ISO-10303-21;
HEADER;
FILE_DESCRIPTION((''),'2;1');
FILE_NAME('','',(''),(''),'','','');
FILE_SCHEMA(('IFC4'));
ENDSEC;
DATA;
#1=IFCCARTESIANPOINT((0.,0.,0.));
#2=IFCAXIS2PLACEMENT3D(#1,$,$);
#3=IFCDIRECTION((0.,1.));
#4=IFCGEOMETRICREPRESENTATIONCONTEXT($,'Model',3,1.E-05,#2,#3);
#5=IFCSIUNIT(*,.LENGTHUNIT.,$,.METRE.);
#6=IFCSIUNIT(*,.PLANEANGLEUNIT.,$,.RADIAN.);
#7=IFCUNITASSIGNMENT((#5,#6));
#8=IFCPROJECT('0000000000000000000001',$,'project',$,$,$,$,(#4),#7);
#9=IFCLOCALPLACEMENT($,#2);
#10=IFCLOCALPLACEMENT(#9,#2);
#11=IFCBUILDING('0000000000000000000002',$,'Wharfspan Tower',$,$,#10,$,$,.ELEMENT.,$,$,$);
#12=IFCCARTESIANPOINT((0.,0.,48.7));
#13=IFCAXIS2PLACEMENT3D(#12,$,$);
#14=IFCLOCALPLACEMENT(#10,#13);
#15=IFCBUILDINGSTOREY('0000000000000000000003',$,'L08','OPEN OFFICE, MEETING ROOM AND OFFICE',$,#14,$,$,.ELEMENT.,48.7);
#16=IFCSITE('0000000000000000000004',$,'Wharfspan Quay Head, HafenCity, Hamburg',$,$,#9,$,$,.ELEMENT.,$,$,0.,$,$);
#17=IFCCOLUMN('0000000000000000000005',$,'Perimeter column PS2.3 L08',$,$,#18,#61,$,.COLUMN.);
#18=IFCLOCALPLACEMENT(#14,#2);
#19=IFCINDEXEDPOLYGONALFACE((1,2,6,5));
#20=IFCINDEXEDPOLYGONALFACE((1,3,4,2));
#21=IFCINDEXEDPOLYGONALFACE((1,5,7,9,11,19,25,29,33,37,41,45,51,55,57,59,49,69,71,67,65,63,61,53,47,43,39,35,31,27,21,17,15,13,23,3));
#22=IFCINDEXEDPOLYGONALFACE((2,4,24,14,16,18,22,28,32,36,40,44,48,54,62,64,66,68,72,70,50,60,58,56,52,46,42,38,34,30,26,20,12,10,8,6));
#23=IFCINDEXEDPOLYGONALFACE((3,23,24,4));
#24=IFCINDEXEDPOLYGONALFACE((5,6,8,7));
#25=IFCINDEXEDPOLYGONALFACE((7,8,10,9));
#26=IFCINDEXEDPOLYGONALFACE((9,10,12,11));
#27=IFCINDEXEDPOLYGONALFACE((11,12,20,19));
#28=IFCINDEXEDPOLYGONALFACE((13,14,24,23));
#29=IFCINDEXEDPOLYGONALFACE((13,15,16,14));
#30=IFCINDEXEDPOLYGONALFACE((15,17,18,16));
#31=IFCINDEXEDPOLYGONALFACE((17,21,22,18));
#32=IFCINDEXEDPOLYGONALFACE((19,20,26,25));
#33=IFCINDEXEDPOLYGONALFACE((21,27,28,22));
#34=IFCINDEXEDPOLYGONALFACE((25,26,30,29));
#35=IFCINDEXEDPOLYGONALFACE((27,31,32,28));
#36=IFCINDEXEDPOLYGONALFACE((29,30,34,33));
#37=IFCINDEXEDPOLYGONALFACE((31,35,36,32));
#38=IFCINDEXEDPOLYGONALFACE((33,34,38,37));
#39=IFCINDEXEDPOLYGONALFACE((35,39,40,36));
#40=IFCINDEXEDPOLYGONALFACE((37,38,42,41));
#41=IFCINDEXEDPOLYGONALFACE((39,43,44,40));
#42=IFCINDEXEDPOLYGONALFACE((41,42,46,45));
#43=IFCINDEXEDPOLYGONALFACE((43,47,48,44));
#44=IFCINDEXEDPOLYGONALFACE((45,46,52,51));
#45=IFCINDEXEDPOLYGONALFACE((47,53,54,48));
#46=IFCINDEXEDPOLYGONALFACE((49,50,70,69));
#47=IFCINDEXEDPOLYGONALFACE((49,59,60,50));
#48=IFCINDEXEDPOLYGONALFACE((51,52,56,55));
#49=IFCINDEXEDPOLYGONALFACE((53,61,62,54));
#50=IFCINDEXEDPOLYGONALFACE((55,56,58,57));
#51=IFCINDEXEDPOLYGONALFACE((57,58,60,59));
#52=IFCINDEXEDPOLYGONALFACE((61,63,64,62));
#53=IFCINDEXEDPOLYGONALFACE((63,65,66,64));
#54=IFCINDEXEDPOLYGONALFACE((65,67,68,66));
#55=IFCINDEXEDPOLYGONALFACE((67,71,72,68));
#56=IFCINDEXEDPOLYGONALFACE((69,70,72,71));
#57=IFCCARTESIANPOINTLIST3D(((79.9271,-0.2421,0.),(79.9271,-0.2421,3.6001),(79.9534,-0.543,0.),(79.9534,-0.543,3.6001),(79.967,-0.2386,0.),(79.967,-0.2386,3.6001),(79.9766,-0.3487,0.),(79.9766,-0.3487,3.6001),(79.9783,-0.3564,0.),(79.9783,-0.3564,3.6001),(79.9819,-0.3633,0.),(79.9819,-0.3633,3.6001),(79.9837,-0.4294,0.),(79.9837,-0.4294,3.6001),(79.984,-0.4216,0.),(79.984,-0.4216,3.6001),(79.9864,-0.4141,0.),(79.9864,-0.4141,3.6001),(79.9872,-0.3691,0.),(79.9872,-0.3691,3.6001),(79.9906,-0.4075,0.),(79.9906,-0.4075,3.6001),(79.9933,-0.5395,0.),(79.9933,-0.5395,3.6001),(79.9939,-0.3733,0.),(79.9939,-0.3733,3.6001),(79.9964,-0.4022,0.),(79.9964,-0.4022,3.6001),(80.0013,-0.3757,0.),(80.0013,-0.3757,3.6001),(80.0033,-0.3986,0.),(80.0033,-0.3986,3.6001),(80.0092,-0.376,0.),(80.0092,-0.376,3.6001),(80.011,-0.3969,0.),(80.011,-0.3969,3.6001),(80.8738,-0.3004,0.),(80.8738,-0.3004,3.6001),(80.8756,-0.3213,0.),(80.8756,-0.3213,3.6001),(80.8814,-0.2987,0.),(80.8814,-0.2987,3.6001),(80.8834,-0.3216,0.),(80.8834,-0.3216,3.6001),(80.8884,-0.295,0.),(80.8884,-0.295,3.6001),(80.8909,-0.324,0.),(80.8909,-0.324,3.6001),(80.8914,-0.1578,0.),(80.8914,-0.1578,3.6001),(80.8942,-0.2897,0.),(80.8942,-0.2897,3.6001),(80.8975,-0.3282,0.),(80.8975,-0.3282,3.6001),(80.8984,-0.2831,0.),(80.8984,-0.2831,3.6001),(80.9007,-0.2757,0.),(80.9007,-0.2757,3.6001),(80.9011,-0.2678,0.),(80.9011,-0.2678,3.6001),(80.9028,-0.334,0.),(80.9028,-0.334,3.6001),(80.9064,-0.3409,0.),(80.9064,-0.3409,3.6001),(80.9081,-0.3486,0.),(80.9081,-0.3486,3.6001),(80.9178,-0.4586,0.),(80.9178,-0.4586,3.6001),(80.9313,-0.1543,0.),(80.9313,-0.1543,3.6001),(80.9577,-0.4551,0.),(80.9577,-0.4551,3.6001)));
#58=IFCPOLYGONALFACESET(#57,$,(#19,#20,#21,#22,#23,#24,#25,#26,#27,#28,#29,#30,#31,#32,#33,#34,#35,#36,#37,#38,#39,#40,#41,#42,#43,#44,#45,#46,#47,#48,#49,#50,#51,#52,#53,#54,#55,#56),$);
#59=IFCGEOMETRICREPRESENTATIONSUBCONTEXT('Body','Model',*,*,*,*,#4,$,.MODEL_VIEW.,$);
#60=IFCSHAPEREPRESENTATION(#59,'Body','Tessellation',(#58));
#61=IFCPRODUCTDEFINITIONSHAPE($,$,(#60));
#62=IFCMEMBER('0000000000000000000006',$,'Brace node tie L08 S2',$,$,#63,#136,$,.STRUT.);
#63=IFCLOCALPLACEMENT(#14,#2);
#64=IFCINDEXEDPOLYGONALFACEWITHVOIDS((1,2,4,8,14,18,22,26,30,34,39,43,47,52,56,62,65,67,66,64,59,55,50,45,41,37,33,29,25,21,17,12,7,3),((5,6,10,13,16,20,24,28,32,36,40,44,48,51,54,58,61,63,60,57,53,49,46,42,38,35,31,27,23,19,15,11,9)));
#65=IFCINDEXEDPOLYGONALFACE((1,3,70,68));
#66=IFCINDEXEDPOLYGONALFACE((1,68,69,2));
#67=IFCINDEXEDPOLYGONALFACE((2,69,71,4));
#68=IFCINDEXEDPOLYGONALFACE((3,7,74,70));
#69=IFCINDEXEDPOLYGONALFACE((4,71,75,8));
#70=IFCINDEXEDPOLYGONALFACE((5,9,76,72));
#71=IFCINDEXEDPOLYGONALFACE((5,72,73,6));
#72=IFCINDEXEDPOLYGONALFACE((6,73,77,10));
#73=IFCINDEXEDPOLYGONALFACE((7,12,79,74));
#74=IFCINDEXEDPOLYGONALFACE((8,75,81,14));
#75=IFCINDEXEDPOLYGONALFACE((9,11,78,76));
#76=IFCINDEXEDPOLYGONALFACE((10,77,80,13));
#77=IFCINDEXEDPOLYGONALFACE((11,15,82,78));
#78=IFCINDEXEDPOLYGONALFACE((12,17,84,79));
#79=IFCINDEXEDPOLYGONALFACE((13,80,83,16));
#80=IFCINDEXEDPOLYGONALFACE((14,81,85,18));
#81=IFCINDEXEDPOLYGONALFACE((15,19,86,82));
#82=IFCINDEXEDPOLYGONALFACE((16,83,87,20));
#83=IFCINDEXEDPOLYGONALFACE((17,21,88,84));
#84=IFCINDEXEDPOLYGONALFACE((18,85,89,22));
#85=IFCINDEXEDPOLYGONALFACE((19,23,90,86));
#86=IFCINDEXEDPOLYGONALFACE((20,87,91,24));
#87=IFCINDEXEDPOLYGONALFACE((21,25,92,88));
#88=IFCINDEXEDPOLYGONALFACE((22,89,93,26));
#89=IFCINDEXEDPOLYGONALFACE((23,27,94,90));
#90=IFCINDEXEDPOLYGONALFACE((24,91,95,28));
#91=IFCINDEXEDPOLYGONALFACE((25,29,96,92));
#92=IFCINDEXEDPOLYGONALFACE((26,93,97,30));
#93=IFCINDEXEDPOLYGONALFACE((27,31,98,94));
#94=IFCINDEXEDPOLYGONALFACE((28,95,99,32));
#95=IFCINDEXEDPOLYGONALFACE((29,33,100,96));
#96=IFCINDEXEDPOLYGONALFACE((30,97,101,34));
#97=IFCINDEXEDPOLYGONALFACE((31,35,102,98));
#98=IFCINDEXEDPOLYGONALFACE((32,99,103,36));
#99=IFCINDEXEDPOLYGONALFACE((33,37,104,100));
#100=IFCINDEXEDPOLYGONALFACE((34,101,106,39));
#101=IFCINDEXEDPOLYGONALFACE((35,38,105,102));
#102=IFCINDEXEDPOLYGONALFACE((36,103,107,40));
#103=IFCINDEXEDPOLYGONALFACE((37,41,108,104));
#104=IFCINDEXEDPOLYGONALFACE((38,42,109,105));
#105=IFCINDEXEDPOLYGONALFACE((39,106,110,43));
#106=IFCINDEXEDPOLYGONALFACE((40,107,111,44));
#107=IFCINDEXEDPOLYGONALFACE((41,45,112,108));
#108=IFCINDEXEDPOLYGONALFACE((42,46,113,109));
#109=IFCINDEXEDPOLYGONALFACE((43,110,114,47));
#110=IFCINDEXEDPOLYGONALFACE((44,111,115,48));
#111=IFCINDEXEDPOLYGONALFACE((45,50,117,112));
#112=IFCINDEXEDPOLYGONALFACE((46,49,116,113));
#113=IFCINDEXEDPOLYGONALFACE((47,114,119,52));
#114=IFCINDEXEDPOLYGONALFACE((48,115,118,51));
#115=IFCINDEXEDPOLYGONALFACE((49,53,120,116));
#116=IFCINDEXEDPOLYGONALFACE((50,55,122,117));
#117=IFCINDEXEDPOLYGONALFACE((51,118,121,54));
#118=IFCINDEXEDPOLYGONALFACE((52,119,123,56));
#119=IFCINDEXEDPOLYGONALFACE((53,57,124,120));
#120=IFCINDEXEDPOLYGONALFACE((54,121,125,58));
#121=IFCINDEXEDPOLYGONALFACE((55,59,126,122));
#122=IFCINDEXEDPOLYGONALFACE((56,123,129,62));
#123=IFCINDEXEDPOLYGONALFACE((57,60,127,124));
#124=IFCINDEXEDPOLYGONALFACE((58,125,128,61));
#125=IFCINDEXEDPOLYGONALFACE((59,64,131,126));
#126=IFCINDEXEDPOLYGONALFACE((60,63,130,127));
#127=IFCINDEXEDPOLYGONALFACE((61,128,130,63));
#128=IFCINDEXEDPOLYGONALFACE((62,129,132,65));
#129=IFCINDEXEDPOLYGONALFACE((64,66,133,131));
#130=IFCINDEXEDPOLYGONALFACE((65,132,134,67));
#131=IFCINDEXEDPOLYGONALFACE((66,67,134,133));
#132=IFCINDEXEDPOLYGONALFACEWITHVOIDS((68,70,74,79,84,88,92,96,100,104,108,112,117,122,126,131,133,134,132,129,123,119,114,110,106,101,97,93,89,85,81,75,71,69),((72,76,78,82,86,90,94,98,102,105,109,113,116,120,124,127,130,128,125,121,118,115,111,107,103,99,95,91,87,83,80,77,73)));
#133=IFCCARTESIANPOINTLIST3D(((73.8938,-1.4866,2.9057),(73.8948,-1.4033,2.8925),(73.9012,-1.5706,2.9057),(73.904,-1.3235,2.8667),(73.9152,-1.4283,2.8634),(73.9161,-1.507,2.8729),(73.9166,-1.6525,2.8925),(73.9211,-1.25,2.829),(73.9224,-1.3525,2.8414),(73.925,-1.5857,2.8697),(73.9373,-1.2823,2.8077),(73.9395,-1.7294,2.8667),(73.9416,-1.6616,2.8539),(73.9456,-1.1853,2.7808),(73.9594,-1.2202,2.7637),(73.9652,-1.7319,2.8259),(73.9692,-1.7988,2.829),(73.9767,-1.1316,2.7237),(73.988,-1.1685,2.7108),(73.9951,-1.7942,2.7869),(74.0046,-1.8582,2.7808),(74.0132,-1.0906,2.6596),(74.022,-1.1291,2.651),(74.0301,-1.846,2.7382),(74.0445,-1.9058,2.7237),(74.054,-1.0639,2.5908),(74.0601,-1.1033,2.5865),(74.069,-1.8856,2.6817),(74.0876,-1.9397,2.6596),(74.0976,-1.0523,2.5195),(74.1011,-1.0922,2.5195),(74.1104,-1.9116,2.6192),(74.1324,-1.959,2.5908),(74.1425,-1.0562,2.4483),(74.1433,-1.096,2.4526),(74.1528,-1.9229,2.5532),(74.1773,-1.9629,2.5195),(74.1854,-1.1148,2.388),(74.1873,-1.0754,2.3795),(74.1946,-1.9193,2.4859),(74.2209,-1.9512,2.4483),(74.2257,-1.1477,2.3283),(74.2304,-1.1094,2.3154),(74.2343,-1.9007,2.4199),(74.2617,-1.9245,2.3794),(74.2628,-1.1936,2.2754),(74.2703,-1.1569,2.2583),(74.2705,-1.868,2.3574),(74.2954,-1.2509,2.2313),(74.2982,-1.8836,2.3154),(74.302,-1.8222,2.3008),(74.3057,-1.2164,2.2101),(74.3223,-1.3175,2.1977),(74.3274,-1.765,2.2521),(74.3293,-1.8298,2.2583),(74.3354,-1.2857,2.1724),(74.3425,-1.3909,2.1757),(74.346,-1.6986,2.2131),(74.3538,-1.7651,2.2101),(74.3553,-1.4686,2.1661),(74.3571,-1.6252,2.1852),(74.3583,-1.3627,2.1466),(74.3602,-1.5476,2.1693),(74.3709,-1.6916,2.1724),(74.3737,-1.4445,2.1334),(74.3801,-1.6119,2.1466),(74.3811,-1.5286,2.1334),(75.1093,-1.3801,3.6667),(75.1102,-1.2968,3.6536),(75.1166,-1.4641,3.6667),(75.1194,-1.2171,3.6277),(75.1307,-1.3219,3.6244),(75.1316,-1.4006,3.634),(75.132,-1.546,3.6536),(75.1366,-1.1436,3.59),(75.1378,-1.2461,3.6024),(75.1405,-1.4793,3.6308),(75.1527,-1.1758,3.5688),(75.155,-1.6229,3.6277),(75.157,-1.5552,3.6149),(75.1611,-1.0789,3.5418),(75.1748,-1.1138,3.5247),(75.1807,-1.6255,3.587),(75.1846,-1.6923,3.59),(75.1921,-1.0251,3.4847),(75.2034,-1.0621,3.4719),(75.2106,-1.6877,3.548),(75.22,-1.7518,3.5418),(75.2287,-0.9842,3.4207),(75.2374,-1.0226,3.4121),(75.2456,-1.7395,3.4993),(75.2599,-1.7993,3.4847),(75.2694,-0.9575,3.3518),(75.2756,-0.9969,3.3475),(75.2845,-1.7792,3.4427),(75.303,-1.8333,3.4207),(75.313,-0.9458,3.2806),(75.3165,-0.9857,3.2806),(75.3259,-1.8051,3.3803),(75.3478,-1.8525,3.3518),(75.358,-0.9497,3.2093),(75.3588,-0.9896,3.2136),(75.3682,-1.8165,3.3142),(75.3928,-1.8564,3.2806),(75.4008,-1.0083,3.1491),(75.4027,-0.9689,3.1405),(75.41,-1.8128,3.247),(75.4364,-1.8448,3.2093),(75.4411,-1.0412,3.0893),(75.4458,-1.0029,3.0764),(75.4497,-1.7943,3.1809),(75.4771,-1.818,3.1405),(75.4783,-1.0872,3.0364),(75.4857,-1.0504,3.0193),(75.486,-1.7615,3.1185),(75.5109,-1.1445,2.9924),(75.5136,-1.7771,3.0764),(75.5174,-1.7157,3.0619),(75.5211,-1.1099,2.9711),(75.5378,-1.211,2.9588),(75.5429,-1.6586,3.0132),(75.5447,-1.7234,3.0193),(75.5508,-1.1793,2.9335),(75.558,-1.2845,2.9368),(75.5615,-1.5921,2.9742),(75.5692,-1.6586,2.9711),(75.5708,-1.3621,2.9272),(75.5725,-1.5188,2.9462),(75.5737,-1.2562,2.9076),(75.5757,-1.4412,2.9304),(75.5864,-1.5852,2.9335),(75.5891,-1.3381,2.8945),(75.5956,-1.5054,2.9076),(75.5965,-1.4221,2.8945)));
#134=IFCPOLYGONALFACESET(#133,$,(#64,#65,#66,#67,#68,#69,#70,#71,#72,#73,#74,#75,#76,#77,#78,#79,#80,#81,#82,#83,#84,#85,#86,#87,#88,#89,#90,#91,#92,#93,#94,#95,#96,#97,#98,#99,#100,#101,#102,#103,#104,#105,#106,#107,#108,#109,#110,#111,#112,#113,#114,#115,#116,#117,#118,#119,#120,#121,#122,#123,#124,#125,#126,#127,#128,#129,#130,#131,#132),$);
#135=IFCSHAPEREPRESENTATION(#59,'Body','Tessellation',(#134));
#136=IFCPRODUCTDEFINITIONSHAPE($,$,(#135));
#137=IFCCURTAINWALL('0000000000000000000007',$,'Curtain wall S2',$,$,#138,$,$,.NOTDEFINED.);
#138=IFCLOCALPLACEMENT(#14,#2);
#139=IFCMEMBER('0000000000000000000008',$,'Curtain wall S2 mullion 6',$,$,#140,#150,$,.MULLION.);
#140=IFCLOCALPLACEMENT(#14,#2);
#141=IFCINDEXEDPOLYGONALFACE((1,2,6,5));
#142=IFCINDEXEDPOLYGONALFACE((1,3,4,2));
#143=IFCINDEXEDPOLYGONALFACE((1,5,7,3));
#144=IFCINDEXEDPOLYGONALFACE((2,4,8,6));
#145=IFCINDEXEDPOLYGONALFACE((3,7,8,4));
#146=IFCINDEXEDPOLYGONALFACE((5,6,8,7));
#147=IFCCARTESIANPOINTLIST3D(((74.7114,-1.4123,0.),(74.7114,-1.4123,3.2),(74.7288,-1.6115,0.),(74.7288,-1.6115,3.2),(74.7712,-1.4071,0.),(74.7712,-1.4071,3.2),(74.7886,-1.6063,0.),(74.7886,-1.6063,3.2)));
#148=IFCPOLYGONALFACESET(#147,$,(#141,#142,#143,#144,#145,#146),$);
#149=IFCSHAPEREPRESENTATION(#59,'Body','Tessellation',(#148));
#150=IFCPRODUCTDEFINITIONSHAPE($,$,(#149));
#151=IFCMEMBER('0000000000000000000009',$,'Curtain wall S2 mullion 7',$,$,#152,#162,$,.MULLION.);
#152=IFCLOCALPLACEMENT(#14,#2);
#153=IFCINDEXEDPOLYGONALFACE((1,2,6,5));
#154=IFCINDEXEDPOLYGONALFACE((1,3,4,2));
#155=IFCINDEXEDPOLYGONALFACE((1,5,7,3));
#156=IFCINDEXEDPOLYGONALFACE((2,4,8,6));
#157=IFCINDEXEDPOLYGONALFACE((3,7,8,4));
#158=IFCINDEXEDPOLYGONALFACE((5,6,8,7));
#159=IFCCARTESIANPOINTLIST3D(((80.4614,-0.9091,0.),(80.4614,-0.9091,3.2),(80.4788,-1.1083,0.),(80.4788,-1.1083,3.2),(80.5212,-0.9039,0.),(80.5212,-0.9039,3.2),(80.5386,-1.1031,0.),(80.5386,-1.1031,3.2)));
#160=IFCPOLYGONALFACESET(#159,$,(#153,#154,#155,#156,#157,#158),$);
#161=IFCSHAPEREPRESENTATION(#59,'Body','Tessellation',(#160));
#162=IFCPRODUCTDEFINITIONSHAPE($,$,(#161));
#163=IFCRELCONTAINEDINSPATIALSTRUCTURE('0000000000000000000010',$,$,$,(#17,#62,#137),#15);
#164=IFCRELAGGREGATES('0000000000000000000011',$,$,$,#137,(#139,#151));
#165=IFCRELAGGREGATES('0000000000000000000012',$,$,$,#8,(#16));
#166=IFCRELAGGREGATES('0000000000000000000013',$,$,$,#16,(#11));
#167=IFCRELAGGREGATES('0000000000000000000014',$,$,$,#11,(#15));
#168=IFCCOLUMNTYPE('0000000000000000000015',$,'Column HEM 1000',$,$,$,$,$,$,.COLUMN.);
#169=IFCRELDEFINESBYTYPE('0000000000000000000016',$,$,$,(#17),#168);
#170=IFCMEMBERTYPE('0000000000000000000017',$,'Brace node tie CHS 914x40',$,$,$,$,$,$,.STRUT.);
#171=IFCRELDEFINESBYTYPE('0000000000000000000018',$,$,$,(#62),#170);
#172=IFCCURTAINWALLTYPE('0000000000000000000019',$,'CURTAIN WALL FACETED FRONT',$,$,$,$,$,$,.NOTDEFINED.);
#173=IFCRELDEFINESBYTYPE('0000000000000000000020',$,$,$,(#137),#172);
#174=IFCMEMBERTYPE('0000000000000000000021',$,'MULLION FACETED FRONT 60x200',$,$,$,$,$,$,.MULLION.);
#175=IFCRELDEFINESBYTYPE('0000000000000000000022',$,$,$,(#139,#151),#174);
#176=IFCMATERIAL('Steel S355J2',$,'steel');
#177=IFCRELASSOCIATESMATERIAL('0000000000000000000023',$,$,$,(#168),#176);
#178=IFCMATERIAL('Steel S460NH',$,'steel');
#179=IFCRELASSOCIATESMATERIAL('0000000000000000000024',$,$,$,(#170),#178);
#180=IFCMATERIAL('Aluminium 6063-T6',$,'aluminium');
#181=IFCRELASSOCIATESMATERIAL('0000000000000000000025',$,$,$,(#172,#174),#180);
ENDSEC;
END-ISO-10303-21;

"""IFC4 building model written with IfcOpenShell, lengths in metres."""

from ifc_helpers import new_model, si_unit, direction, frame, origin, origin_2d, place, context, subcontext, project, spatial, rectangle, hollow_circle, i_section, extrude, material, material_profile, profile_set, type_object, element, aggregate, save


model = new_model("IFC4")

# Units and contexts
model_context = context("Model", 3, precision=1e-05, world=origin(), true_north=direction((0.0, 1.0)))
body_context = subcontext(model_context, "Body", "Model", "MODEL_VIEW")
ifc_project = project(units=[si_unit("LENGTHUNIT", "METRE"), si_unit("PLANEANGLEUNIT", "RADIAN")], contexts=[model_context])

# Site, building, storey
site_placement = place(None, origin())
site = spatial("IfcSite", under=ifc_project, at=site_placement, Name="Wharfspan Quay Head, HafenCity, Hamburg", CompositionType="ELEMENT", RefElevation=0.0)
building_placement = place(site_placement, origin())
building = spatial("IfcBuilding", under=site, at=building_placement, Name="Wharfspan Tower", CompositionType="ELEMENT")
storey_placement = place(building_placement, frame((0.0, 0.0, 48.7)))
storey = spatial("IfcBuildingStorey", under=building, at=storey_placement, Name="L08", Description="OPEN OFFICE, MEETING ROOM AND OFFICE", CompositionType="ELEMENT", Elevation=48.7)

# Column
ifc_material_1 = material(Name="Steel S355J2", Category="steel")
ifc_material_profile_1 = material_profile(ifc_material_1, i_section(OverallWidth=0.302, OverallDepth=1.0081, WebThickness=0.021, FlangeThickness=0.04, FilletRadius=0.03, at=origin_2d()))
ifc_profile_set_1 = profile_set([ifc_material_profile_1], Name="Steel S355J2")
column_type = type_object("IfcColumnType", Name="Column HEM 1000", PredefinedType="COLUMN", material=ifc_profile_set_1)
column_placement = place(storey_placement, frame((80.4424, -0.3486, 0.0), z_axis=(0.0, 0.0, 1.0), x_axis=(0.087156, -0.996198, 0.0)))
element("IfcColumn", 1, at=column_placement, inside=storey, type_object=column_type, Name="Perimeter column PS2.3 L08", PredefinedType="COLUMN", context=body_context, shape_type="SweptSolid", body=[
    extrude(i_section(OverallWidth=0.302, OverallDepth=1.0081, WebThickness=0.021, FlangeThickness=0.04, FilletRadius=0.03, at=origin_2d()), origin(), (0.0, 0.0, 1.0), 3.6001),
])

# Member
ifc_material_2 = material(Name="Steel S460NH", Category="steel")
ifc_material_profile_2 = material_profile(ifc_material_2, hollow_circle(Radius=0.457, WallThickness=0.04, at=origin_2d()))
ifc_profile_set_2 = profile_set([ifc_material_profile_2], Name="Steel S460NH")
member_type_1 = type_object("IfcMemberType", Name="Brace node tie CHS 914x40", PredefinedType="STRUT", material=ifc_profile_set_2)
member_1_placement = place(storey_placement, frame((74.1375, -1.5076, 2.5195), z_axis=(0.845232, 0.07403, 0.529247), x_axis=(-0.087252, 0.996186, 0.000001)))
element("IfcMember", 2, at=member_1_placement, inside=storey, type_object=member_type_1, Name="Brace node tie L08 S2", PredefinedType="STRUT", context=body_context, shape_type="SweptSolid", body=[
    extrude(hollow_circle(Radius=0.457, WallThickness=0.04, at=origin_2d()), origin(), (0.0, 0.0, 1.0), 1.438),
])

# Curtain wall, members
ifc_material_3 = material(Name="Aluminium 6063-T6", Category="aluminium")
curtain_wall_type = type_object("IfcCurtainWallType", Name="CURTAIN WALL FACETED FRONT", PredefinedType="NOTDEFINED", material=ifc_material_3)
curtain_wall_placement = place(storey_placement, origin())
curtain_wall = element("IfcCurtainWall", 3, at=curtain_wall_placement, inside=storey, type_object=curtain_wall_type, Name="Curtain wall S2", PredefinedType="NOTDEFINED")
ifc_material_profile_3 = material_profile(ifc_material_3, rectangle(XDim=0.2, YDim=0.0601, at=origin_2d()))
ifc_profile_set_3 = profile_set([ifc_material_profile_3], Name="Aluminium 6063-T6")
member_type_2 = type_object("IfcMemberType", Name="MULLION FACETED FRONT 60x200", PredefinedType="MULLION", material=ifc_profile_set_3)
member_2_placement = place(storey_placement, frame((74.75, -1.5093, 0.0), z_axis=(0.0, 0.0, 1.0), x_axis=(-0.087156, 0.996197, 0.0)))
member_2 = element("IfcMember", 4, at=member_2_placement, type_object=member_type_2, Name="Curtain wall S2 mullion 6", PredefinedType="MULLION", context=body_context, shape_type="SweptSolid", body=[
    extrude(rectangle(XDim=0.2, YDim=0.0601, at=origin_2d()), origin(), (0.0, 0.0, 1.0), 3.2),
])
member_3_placement = place(storey_placement, frame((80.5, -1.0061, 0.0), z_axis=(0.0, 0.0, 1.0), x_axis=(-0.087156, 0.996197, 0.0)))
member_3 = element("IfcMember", 5, at=member_3_placement, type_object=member_type_2, Name="Curtain wall S2 mullion 7", PredefinedType="MULLION", context=body_context, shape_type="SweptSolid", body=[
    extrude(rectangle(XDim=0.2, YDim=0.0601, at=origin_2d()), origin(), (0.0, 0.0, 1.0), 3.2),
])

aggregate(curtain_wall, [member_2, member_3])

save(model, "model.ifc")
